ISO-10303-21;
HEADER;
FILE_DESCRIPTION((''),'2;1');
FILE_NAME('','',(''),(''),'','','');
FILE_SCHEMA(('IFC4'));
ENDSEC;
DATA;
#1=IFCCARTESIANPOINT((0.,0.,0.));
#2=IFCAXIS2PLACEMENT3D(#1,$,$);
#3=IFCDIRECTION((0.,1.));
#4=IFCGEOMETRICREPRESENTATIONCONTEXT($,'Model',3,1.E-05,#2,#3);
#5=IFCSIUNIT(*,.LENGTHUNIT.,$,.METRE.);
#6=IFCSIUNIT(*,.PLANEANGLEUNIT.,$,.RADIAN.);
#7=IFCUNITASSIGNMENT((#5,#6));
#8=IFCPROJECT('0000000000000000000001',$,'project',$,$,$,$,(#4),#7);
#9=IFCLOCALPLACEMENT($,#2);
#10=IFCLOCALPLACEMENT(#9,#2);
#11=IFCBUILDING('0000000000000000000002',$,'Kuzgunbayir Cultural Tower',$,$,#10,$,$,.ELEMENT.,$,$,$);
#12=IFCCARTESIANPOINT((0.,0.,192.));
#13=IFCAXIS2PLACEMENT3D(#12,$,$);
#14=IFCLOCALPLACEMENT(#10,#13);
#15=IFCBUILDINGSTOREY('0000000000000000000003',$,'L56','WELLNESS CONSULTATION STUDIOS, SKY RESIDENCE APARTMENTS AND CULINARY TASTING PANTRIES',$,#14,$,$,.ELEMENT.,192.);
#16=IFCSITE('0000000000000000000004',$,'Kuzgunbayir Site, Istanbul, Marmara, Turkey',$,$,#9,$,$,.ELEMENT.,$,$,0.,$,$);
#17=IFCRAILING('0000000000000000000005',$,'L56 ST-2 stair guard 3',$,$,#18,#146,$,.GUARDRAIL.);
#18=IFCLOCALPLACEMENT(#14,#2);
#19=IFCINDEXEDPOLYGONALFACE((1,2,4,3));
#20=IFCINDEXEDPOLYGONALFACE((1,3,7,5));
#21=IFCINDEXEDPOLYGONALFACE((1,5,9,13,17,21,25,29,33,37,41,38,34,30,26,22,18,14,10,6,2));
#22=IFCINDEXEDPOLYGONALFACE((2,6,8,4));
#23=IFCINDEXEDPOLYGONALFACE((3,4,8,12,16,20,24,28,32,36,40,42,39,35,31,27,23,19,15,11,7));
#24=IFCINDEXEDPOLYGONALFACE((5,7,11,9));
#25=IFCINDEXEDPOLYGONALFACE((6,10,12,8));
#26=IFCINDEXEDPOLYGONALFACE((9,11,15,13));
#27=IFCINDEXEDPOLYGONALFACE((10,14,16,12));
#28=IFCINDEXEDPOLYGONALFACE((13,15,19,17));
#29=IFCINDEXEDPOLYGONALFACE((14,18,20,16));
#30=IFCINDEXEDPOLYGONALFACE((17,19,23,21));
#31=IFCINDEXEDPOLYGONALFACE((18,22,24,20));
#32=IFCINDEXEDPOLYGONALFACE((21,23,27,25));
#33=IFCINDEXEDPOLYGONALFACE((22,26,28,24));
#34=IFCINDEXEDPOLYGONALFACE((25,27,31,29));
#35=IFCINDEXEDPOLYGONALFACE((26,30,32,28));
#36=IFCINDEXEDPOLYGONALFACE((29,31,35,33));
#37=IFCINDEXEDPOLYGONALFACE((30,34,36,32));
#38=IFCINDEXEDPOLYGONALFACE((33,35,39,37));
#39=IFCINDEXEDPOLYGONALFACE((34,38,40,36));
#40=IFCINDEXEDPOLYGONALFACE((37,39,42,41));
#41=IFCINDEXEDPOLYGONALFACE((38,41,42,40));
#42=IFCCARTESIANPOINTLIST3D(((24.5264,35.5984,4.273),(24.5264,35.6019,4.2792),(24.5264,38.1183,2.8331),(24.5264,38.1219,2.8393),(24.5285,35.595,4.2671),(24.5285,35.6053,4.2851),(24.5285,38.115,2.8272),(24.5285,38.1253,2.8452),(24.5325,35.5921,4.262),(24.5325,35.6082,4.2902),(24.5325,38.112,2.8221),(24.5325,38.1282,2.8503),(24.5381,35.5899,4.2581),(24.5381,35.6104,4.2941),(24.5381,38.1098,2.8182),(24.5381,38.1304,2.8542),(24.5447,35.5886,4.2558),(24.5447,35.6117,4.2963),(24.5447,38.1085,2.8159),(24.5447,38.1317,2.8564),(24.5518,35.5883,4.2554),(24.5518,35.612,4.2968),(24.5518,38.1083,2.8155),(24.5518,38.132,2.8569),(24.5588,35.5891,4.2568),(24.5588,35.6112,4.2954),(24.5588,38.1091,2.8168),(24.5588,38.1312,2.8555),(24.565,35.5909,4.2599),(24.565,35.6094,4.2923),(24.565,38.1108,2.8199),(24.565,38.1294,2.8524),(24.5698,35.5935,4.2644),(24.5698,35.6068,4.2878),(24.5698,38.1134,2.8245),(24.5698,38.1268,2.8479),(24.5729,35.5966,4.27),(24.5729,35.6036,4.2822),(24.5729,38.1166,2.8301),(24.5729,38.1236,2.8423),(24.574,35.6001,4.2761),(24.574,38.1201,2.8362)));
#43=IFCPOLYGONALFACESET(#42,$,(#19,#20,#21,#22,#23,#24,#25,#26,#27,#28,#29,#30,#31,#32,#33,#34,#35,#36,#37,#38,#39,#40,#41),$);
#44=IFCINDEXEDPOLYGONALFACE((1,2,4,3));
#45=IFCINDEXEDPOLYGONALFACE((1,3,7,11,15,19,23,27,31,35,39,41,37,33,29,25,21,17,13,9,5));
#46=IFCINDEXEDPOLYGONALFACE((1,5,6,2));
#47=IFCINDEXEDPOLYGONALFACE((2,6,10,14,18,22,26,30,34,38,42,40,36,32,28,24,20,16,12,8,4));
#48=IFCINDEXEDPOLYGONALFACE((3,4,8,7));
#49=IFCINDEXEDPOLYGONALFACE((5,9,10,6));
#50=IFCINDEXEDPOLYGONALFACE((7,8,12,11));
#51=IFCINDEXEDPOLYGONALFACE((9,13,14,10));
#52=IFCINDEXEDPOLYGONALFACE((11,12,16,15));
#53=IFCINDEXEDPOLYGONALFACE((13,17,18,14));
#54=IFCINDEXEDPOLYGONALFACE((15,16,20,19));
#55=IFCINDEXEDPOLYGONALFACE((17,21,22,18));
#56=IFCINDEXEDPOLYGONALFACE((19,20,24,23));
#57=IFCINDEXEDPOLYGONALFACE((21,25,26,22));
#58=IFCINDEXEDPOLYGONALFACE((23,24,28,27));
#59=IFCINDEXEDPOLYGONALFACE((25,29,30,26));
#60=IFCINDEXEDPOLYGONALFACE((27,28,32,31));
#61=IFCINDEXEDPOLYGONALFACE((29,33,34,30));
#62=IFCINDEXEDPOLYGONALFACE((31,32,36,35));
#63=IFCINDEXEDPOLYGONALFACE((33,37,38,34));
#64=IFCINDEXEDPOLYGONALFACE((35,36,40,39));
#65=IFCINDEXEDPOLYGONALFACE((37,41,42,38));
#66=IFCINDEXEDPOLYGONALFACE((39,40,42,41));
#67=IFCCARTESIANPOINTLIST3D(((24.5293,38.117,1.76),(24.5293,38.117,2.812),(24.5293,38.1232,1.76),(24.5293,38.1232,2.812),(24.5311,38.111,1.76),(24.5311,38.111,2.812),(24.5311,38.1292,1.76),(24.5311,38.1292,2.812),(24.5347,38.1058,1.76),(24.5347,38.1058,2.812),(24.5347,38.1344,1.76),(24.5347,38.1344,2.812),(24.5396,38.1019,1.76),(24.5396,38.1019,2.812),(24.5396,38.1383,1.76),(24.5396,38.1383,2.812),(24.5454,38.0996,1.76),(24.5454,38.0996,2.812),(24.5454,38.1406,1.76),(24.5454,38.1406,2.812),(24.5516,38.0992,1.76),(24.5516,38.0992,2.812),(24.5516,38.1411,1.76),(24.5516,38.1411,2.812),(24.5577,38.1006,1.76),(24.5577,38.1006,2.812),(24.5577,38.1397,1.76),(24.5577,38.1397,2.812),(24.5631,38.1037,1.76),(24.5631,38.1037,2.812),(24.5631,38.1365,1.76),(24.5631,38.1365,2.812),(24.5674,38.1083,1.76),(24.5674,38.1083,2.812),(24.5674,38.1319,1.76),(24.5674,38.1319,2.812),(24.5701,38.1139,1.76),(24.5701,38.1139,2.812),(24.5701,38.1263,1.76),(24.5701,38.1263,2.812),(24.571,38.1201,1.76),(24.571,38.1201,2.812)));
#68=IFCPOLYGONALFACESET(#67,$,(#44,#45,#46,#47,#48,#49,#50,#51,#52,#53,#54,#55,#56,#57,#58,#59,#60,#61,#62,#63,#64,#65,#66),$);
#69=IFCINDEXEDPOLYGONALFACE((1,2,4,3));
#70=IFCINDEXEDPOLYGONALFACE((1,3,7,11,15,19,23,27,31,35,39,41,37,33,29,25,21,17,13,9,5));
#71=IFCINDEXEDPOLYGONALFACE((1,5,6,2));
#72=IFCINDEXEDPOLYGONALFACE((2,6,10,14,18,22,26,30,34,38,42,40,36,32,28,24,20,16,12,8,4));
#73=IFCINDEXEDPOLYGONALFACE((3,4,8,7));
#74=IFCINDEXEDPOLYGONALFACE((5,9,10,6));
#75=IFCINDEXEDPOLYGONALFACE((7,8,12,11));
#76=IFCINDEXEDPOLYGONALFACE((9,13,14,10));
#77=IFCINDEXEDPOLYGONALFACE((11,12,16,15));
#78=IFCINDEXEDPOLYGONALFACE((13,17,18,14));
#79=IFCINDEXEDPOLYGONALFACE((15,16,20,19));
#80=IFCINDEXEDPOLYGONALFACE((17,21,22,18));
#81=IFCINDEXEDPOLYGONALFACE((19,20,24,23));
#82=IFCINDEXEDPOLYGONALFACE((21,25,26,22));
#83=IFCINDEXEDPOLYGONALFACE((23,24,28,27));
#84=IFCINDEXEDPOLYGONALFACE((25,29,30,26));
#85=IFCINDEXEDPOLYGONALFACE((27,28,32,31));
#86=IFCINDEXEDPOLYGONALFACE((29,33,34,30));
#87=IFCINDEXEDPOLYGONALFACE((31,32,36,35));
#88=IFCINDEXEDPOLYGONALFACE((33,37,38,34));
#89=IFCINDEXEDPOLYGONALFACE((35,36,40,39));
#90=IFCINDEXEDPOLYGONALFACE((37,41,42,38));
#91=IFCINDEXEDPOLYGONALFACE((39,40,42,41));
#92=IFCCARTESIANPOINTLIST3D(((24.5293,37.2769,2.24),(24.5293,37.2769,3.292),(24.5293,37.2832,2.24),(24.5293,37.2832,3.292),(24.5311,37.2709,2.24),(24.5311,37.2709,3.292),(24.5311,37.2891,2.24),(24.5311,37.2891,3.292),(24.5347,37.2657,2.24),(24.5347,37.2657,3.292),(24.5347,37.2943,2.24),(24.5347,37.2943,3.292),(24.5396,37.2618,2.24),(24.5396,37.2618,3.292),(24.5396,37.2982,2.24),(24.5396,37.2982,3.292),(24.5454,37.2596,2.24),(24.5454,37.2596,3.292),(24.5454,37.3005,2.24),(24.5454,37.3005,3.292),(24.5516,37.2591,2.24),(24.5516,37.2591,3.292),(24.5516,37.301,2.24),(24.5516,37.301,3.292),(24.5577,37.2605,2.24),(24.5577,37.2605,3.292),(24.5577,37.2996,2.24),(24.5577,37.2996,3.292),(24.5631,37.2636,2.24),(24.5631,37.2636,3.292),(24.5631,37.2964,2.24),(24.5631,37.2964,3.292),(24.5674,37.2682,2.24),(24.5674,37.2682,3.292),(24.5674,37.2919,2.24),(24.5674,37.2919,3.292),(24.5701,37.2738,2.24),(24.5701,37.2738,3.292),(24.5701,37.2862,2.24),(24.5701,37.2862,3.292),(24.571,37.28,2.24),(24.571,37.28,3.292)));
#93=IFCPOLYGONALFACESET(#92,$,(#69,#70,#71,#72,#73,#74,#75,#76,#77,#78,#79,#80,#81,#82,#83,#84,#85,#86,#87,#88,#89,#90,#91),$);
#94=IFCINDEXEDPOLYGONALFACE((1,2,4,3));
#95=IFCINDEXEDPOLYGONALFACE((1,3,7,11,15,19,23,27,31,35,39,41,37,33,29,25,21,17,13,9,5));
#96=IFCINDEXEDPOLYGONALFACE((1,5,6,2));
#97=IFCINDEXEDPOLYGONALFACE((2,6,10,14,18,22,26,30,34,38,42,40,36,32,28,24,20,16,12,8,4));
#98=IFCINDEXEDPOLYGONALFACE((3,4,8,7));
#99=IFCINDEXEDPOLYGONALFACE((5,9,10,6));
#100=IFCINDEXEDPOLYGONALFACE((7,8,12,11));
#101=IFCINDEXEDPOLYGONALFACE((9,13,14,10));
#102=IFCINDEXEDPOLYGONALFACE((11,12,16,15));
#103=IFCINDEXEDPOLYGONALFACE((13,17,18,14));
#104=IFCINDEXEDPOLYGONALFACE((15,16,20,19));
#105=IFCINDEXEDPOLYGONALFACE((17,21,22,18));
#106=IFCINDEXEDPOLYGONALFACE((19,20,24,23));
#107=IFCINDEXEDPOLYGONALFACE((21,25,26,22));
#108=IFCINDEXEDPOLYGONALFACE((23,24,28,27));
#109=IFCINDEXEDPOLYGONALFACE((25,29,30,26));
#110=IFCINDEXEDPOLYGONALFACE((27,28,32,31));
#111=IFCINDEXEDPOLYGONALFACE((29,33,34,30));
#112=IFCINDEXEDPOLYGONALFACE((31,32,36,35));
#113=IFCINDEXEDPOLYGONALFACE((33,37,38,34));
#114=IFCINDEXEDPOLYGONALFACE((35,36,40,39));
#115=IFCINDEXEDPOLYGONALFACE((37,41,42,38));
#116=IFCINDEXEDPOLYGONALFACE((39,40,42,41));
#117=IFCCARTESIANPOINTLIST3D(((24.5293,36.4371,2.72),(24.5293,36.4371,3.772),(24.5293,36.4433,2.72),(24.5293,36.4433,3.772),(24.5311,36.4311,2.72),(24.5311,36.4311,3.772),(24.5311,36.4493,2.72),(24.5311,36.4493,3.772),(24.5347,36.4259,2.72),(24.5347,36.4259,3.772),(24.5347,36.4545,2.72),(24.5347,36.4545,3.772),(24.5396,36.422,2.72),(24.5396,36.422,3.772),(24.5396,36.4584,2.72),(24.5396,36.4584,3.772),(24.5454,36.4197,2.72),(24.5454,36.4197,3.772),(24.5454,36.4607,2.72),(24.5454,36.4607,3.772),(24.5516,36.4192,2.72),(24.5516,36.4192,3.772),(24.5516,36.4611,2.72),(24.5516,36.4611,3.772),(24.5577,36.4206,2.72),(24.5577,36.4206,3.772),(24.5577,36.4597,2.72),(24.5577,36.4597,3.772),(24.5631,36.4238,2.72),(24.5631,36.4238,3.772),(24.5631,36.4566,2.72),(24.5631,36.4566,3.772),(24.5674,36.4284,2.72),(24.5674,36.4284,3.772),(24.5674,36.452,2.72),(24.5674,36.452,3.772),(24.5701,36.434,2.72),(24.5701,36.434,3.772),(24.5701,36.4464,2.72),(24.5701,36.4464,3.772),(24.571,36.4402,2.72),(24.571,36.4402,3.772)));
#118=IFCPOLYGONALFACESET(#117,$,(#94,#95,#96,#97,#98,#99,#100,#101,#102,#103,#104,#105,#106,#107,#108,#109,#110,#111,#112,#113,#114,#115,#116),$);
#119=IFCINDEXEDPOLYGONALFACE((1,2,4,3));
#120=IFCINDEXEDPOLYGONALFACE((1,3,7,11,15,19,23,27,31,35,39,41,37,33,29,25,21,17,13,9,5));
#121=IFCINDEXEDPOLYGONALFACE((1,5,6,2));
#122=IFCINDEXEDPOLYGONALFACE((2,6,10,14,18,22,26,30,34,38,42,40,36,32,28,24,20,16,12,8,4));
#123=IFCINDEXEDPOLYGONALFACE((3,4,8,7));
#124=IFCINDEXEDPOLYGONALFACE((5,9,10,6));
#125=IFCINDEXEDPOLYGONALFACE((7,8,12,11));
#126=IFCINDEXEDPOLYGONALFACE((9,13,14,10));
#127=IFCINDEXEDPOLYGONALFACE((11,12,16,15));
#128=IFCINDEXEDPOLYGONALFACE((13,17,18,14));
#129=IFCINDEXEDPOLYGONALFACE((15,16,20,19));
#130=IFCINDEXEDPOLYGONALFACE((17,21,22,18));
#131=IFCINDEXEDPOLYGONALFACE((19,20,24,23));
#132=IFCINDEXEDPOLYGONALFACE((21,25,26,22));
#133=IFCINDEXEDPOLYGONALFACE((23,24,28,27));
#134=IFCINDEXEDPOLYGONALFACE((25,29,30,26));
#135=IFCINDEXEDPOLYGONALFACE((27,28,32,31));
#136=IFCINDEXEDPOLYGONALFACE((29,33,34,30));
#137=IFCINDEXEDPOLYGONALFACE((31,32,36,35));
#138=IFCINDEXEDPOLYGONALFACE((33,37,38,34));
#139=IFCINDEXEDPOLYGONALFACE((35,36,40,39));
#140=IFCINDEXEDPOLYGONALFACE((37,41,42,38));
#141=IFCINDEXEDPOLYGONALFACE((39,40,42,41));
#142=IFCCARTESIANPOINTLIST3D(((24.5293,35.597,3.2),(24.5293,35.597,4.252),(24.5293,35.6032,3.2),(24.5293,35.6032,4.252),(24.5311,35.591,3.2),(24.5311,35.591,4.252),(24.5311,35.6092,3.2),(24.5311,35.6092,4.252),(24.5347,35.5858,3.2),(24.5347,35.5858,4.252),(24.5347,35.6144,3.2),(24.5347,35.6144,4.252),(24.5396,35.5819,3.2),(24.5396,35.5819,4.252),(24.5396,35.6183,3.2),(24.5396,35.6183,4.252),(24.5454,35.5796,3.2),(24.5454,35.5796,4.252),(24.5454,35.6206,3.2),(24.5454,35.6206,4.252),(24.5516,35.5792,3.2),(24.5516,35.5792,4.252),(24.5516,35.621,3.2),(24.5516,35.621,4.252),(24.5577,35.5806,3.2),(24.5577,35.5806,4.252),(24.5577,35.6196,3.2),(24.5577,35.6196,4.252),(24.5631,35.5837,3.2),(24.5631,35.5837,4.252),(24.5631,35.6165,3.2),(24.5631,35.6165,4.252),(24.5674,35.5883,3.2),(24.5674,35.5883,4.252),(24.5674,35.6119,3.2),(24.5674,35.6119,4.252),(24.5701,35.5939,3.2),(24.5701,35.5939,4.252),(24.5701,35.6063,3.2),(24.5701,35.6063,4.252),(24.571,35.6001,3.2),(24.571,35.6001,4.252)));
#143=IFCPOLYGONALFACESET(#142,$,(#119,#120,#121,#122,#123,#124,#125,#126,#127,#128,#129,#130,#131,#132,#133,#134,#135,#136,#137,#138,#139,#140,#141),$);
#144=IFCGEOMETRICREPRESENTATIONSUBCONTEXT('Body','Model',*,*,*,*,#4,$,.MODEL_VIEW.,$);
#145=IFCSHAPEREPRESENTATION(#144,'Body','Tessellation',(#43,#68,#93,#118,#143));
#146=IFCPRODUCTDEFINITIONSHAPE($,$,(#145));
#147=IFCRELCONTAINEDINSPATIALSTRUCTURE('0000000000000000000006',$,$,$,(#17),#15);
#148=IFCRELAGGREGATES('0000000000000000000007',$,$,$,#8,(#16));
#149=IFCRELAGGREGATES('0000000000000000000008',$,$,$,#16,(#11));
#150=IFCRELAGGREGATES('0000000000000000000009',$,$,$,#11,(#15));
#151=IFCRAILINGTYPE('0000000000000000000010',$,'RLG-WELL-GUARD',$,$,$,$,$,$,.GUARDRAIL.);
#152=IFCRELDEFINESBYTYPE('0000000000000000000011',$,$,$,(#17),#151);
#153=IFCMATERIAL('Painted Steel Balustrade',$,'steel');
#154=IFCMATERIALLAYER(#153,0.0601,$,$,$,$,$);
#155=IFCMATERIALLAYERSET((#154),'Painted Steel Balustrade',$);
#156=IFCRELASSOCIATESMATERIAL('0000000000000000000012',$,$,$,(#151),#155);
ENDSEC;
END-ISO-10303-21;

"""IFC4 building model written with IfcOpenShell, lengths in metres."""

from ifc_helpers import new_model, si_unit, direction, frame, origin, origin_2d, place, context, subcontext, project, spatial, circle, extrude, material, layer, layer_set, type_object, element, save


model = new_model("IFC4")

# Units and contexts
model_context = context("Model", 3, precision=1e-05, world=origin(), true_north=direction((0.0, 1.0)))
body_context = subcontext(model_context, "Body", "Model", "MODEL_VIEW")
ifc_project = project(units=[si_unit("LENGTHUNIT", "METRE"), si_unit("PLANEANGLEUNIT", "RADIAN")], contexts=[model_context])

# Site, building, storey
site_placement = place(None, origin())
site = spatial("IfcSite", under=ifc_project, at=site_placement, Name="Kuzgunbayir Site, Istanbul, Marmara, Turkey", CompositionType="ELEMENT", RefElevation=0.0)
building_placement = place(site_placement, origin())
building = spatial("IfcBuilding", under=site, at=building_placement, Name="Kuzgunbayir Cultural Tower", CompositionType="ELEMENT")
storey_placement = place(building_placement, frame((0.0, 0.0, 192.0)))
storey = spatial("IfcBuildingStorey", under=building, at=storey_placement, Name="L56", Description="WELLNESS CONSULTATION STUDIOS, SKY RESIDENCE APARTMENTS AND CULINARY TASTING PANTRIES", CompositionType="ELEMENT", Elevation=192.0)

# Railing
ifc_material_1 = material(Name="Painted Steel Balustrade", Category="steel")
ifc_layer_1 = layer(ifc_material_1, 0.0601)
ifc_layer_set_1 = layer_set([ifc_layer_1], Name="Painted Steel Balustrade")
railing_type_1 = type_object("IfcRailingType", Name="RLG-WELL-GUARD", PredefinedType="GUARDRAIL", material=ifc_layer_set_1)
railing_1_placement = place(storey_placement, frame((24.55, 38.1201, 1.76)))
element("IfcRailing", 1, at=railing_1_placement, inside=storey, type_object=railing_type_1, Name="L56 ST-2 stair guard 3", PredefinedType="GUARDRAIL", context=body_context, shape_type="SweptSolid", body=[
    extrude(circle(Radius=0.0239, at=origin_2d()), frame((0.0, 0.0, 1.0762), z_axis=(0.0, -0.868253, 0.496121), x_axis=(1.0, 0.0, 0.0)), (0.0, 0.0, 1.0), 2.9023),
    extrude(circle(Radius=0.021, at=origin_2d()), origin(), (0.0, 0.0, 1.0), 1.052),
    extrude(circle(Radius=0.021, at=origin_2d()), frame((0.0, -0.8401, 0.48)), (0.0, 0.0, 1.0), 1.052),
    extrude(circle(Radius=0.021, at=origin_2d()), frame((0.0, -1.6799, 0.96)), (0.0, 0.0, 1.0), 1.052),
    extrude(circle(Radius=0.021, at=origin_2d()), frame((0.0, -2.52, 1.4399)), (0.0, 0.0, 1.0), 1.052),
])

save(model, "model.ifc")
